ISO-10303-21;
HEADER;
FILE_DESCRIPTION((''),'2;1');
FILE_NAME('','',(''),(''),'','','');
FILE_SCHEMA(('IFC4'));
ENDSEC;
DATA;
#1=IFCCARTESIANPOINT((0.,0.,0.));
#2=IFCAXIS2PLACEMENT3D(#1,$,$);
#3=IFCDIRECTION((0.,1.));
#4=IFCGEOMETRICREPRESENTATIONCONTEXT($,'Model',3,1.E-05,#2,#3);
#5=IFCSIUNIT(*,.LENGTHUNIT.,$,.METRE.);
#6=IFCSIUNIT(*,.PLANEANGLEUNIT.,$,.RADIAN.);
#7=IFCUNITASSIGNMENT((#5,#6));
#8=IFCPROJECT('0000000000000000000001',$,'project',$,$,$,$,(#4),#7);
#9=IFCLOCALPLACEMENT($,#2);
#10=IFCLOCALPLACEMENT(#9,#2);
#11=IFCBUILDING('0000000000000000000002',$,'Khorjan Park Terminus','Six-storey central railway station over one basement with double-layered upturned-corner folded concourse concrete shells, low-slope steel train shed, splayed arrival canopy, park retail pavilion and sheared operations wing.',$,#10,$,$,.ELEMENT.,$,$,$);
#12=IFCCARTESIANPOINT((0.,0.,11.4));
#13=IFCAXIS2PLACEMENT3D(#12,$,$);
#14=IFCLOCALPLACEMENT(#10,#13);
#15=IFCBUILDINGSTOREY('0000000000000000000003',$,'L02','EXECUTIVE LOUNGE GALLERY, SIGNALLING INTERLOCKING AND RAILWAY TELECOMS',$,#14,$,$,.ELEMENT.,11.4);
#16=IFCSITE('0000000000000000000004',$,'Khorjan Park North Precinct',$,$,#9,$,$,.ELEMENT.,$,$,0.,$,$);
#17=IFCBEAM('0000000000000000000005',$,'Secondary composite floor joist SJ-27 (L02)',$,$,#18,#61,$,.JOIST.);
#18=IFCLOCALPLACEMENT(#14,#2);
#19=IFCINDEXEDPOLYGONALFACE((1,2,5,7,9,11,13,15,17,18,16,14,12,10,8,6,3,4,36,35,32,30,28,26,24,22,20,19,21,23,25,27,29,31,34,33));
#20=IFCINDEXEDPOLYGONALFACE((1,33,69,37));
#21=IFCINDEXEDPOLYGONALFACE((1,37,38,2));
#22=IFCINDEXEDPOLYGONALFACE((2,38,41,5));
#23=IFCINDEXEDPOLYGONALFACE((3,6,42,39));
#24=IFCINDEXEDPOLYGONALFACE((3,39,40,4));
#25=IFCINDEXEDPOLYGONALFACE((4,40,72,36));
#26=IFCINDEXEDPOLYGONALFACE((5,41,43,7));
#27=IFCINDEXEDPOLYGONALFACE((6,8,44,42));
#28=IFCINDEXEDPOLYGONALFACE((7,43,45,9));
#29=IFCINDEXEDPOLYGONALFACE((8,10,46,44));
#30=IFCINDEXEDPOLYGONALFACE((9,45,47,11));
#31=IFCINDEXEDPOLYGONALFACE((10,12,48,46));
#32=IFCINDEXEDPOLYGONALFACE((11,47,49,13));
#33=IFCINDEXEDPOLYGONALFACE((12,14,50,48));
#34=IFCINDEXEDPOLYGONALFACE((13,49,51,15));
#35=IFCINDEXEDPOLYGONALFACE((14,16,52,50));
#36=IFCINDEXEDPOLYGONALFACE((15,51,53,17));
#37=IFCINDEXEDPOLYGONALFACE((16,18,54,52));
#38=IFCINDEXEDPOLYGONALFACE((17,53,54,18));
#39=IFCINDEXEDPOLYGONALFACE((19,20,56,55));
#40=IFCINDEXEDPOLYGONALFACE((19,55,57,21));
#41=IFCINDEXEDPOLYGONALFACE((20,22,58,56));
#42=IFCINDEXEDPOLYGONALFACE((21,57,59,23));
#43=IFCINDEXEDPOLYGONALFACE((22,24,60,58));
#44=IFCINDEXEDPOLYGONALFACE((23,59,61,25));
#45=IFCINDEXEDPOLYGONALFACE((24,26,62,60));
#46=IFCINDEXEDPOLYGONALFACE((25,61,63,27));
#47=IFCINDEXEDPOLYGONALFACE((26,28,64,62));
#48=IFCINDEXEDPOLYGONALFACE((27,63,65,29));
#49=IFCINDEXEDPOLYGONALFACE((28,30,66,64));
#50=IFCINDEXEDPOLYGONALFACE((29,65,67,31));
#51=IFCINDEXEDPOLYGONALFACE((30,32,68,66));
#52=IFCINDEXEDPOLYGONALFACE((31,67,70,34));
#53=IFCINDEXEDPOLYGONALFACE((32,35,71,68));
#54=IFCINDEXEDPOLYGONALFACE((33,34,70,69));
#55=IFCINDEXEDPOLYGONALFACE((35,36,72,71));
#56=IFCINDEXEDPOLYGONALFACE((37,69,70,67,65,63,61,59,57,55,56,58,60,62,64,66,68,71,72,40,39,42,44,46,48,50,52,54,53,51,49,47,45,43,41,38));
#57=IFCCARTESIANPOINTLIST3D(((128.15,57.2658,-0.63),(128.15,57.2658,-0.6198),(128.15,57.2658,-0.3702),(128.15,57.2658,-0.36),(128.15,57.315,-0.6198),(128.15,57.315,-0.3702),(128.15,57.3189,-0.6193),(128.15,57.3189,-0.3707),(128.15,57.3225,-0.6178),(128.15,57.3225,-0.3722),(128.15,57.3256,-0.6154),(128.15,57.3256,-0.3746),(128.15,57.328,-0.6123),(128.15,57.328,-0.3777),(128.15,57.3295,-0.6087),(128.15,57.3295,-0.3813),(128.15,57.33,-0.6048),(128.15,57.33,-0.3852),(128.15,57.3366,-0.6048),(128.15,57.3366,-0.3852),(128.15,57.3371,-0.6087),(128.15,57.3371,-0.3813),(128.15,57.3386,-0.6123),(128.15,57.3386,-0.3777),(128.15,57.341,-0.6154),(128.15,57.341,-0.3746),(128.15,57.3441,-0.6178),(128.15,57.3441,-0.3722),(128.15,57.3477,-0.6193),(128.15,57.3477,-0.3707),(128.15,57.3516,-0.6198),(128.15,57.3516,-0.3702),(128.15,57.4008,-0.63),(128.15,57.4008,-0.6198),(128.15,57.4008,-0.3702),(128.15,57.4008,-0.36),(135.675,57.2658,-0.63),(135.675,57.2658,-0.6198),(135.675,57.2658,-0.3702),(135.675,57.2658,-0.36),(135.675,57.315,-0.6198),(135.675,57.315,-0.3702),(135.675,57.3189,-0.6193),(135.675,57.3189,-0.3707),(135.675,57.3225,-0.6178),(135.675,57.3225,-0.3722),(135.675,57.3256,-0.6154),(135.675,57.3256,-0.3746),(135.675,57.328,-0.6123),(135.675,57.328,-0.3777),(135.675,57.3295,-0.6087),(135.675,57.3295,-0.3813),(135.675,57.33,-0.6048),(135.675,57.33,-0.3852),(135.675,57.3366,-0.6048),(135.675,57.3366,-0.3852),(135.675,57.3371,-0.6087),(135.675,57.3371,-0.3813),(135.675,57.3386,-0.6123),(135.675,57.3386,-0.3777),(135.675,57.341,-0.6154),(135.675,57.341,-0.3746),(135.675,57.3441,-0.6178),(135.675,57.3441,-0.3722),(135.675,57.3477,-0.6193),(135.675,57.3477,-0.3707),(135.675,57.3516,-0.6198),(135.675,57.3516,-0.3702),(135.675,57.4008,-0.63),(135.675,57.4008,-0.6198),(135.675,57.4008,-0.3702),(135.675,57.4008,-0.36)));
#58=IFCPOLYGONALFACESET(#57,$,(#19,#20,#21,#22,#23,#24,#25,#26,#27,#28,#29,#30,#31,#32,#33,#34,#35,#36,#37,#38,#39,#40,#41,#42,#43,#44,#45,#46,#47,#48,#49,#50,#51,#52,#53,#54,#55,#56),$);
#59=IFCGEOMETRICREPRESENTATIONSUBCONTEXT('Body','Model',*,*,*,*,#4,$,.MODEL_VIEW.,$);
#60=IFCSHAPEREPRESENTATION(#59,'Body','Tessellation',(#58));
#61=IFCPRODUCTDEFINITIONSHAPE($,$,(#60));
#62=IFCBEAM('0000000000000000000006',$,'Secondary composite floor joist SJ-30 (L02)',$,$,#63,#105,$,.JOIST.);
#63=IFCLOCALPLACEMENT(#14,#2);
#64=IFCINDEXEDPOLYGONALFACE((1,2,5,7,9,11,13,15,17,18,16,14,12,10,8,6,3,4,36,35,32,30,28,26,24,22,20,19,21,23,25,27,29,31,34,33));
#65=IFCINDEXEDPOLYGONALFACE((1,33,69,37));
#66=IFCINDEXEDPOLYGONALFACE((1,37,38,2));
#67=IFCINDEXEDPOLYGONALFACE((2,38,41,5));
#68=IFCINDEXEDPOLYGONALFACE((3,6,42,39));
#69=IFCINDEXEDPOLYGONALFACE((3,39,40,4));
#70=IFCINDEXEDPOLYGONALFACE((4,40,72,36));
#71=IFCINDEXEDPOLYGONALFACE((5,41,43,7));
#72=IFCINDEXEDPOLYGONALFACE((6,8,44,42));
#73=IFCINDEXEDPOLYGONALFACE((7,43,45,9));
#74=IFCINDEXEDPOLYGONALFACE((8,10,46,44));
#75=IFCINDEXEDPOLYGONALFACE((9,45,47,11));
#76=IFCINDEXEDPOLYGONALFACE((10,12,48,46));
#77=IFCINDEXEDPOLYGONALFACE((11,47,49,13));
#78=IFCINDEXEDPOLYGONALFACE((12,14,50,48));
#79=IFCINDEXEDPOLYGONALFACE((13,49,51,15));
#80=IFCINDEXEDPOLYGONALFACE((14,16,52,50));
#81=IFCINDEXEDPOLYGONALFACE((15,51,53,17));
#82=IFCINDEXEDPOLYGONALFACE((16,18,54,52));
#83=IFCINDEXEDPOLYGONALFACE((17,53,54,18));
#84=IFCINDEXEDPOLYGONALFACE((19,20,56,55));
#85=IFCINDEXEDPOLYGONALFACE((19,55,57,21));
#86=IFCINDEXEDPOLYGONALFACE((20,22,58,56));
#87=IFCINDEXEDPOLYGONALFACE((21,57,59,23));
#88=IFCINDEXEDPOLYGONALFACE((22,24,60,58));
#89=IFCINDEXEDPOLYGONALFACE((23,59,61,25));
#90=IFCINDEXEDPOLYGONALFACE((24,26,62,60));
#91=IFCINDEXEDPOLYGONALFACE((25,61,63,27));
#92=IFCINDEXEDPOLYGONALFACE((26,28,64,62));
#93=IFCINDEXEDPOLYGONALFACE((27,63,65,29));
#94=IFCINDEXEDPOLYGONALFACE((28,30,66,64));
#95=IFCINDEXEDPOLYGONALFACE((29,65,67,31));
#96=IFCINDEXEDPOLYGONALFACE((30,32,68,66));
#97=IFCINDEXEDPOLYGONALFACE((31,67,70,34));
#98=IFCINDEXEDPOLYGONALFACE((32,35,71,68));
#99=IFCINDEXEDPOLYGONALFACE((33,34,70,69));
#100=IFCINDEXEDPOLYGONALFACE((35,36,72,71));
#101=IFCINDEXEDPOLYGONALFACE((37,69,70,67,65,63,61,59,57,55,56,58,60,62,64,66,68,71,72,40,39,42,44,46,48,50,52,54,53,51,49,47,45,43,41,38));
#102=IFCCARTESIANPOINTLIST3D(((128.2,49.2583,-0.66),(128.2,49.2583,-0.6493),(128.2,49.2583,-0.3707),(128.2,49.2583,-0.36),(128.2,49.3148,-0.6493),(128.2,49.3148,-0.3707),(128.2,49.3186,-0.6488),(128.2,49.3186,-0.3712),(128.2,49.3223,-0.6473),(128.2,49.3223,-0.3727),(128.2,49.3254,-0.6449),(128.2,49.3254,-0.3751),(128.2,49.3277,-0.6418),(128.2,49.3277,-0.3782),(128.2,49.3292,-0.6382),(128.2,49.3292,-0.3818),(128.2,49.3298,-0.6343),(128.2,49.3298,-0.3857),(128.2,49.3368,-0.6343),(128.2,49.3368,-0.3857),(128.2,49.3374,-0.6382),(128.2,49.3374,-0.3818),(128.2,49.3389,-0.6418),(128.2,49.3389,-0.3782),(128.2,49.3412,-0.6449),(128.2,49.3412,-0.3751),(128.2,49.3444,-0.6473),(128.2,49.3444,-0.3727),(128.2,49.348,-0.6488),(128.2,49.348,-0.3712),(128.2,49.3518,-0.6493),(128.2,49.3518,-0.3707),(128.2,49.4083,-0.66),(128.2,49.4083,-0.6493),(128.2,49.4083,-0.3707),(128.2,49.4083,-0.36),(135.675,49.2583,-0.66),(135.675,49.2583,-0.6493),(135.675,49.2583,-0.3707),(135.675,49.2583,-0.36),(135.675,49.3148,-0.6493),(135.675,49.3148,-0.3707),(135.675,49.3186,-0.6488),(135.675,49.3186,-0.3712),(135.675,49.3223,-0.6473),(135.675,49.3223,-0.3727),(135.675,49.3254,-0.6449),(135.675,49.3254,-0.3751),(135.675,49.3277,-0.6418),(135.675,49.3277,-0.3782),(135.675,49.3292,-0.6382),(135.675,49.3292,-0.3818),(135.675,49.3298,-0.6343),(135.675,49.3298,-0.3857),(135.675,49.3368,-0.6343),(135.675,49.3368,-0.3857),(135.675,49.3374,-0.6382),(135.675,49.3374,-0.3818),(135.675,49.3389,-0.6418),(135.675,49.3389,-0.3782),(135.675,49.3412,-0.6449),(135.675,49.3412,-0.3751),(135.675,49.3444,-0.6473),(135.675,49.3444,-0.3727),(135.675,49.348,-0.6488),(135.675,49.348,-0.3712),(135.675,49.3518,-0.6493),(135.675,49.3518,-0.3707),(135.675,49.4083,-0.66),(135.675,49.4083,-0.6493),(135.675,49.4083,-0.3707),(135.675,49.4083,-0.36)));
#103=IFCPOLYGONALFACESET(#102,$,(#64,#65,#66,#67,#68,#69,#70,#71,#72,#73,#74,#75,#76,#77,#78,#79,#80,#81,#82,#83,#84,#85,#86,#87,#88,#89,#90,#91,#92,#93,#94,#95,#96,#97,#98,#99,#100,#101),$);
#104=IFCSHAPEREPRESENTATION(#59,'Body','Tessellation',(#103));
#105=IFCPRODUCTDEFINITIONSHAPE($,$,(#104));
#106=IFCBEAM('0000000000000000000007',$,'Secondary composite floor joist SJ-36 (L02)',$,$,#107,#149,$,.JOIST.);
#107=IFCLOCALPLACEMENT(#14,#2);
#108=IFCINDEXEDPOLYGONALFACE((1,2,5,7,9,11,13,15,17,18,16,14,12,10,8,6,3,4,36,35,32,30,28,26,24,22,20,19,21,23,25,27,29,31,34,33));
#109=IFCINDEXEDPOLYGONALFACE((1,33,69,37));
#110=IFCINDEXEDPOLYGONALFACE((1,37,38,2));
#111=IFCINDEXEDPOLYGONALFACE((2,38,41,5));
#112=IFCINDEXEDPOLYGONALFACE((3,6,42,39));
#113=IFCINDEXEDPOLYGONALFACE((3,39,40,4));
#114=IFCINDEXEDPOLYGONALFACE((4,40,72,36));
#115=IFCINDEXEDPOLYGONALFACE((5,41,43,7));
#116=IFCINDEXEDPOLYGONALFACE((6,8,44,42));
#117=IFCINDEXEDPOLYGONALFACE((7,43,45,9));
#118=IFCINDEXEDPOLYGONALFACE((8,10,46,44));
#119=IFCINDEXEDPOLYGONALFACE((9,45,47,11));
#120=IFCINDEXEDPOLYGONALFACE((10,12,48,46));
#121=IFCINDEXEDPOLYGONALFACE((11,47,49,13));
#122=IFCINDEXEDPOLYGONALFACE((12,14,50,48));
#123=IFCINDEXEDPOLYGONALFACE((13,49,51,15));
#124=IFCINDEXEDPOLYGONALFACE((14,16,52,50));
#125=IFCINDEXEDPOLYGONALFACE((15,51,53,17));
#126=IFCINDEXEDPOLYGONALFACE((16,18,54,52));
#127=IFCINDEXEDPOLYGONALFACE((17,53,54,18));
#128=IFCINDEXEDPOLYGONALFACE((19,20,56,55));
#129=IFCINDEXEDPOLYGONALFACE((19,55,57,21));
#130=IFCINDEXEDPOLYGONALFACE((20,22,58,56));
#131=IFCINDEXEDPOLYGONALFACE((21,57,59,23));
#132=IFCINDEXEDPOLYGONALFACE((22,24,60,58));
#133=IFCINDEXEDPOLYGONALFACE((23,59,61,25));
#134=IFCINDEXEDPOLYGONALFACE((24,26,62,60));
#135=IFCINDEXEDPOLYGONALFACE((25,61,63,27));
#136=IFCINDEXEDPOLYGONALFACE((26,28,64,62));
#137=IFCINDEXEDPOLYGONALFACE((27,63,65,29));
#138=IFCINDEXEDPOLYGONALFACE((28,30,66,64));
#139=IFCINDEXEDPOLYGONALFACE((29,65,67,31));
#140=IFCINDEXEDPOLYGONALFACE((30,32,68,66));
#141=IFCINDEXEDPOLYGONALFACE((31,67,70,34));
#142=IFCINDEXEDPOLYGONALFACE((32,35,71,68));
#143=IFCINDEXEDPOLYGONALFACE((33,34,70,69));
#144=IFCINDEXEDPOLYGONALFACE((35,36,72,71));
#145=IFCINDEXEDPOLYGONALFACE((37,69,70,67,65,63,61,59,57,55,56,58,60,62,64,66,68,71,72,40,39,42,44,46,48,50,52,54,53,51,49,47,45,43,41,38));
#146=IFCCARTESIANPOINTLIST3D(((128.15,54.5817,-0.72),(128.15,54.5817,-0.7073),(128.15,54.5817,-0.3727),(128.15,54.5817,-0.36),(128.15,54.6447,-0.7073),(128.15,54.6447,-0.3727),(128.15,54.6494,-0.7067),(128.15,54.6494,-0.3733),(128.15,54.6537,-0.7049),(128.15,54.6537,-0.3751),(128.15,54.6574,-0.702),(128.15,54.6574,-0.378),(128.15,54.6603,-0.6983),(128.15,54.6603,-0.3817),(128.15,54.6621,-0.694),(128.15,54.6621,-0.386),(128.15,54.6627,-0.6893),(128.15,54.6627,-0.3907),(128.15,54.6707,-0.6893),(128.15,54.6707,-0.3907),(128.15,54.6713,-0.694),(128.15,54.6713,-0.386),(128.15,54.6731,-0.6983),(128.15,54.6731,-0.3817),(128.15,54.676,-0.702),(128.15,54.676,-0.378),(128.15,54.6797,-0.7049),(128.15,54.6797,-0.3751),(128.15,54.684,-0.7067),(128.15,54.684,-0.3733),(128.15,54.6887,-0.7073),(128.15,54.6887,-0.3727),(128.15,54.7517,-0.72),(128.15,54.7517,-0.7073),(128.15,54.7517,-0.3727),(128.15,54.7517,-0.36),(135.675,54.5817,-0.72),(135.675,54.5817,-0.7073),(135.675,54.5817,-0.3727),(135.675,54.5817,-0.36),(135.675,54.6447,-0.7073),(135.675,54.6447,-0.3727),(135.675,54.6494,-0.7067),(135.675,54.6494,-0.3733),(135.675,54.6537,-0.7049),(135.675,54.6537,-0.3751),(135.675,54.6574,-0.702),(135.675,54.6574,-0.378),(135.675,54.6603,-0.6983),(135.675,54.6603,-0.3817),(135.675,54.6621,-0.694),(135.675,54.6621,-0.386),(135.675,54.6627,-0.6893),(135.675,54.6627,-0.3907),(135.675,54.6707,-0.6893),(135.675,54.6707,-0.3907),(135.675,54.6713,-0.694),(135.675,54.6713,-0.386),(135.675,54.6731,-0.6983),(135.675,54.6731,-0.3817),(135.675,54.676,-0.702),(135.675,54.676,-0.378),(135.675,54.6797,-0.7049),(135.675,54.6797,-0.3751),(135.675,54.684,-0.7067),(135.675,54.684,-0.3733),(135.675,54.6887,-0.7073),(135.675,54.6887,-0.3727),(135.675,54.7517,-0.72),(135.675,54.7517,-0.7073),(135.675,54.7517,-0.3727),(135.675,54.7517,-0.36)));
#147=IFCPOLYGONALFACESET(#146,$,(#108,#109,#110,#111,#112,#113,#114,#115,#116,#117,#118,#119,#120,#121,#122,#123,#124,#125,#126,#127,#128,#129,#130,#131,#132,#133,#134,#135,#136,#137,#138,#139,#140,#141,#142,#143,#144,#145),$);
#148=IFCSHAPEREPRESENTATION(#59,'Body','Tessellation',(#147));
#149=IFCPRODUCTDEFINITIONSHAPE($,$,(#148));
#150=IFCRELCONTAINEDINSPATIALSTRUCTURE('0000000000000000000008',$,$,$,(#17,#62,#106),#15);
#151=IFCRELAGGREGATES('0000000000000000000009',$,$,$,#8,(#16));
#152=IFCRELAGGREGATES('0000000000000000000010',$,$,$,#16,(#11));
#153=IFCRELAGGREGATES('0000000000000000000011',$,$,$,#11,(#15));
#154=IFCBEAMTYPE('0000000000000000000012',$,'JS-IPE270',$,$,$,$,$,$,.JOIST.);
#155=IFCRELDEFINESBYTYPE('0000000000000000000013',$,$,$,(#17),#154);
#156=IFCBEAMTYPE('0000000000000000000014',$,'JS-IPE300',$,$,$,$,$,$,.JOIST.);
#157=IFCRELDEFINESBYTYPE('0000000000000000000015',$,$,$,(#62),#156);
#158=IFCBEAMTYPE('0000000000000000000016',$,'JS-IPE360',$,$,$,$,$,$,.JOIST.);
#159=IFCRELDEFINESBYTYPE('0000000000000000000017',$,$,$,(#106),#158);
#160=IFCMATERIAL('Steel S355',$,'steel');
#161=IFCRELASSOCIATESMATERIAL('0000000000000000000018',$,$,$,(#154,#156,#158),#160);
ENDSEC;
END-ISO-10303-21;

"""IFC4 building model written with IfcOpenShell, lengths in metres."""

from ifc_helpers import new_model, si_unit, direction, frame, origin, origin_2d, place, context, subcontext, project, spatial, i_section, extrude, material, material_profile, profile_set, type_object, element, save


model = new_model("IFC4")

# Units and contexts
model_context = context("Model", 3, precision=1e-05, world=origin(), true_north=direction((0.0, 1.0)))
body_context = subcontext(model_context, "Body", "Model", "MODEL_VIEW")
ifc_project = project(units=[si_unit("LENGTHUNIT", "METRE"), si_unit("PLANEANGLEUNIT", "RADIAN")], contexts=[model_context])

# Site, building, storey
site_placement = place(None, origin())
site = spatial("IfcSite", under=ifc_project, at=site_placement, Name="Khorjan Park North Precinct", CompositionType="ELEMENT", RefElevation=0.0)
building_placement = place(site_placement, origin())
building = spatial("IfcBuilding", under=site, at=building_placement, Name="Khorjan Park Terminus", Description="Six-storey central railway station over one basement with double-layered upturned-corner folded concourse concrete shells, low-slope steel train shed, splayed arrival canopy, park retail pavilion and sheared operations wing.", CompositionType="ELEMENT")
storey_placement = place(building_placement, frame((0.0, 0.0, 11.4)))
storey = spatial("IfcBuildingStorey", under=building, at=storey_placement, Name="L02", Description="EXECUTIVE LOUNGE GALLERY, SIGNALLING INTERLOCKING AND RAILWAY TELECOMS", CompositionType="ELEMENT", Elevation=11.4)

# Beams
ifc_material_1 = material(Name="Steel S355", Category="steel")
ifc_material_profile_1 = material_profile(ifc_material_1, i_section(OverallWidth=0.135, OverallDepth=0.27, WebThickness=0.0066, FlangeThickness=0.0102, FilletRadius=0.015, at=origin_2d()), Name="IPE 270")
ifc_profile_set_1 = profile_set([ifc_material_profile_1], Name="Steel S355")
beam_type_1 = type_object("IfcBeamType", Name="JS-IPE270", PredefinedType="JOIST", material=ifc_profile_set_1)
beam_1_placement = place(storey_placement, frame((128.15, 57.3333, -0.495), z_axis=(1.0, 0.0, 0.0), x_axis=(0.0, 1.0, 0.0)))
element("IfcBeam", 1, at=beam_1_placement, inside=storey, type_object=beam_type_1, Name="Secondary composite floor joist SJ-27 (L02)", PredefinedType="JOIST", context=body_context, shape_type="SweptSolid", body=[
    extrude(i_section(OverallWidth=0.135, OverallDepth=0.27, WebThickness=0.0066, FlangeThickness=0.0102, FilletRadius=0.015, at=origin_2d()), origin(), (0.0, 0.0, 1.0), 7.525),
])
ifc_material_profile_2 = material_profile(ifc_material_1, i_section(OverallWidth=0.15, OverallDepth=0.3, WebThickness=0.0071, FlangeThickness=0.0107, FilletRadius=0.015, at=origin_2d()), Name="IPE 300")
ifc_profile_set_2 = profile_set([ifc_material_profile_2], Name="Steel S355")
beam_type_2 = type_object("IfcBeamType", Name="JS-IPE300", PredefinedType="JOIST", material=ifc_profile_set_2)
beam_2_placement = place(storey_placement, frame((128.2, 49.3333, -0.51), z_axis=(1.0, 0.0, 0.0), x_axis=(0.0, 1.0, 0.0)))
element("IfcBeam", 2, at=beam_2_placement, inside=storey, type_object=beam_type_2, Name="Secondary composite floor joist SJ-30 (L02)", PredefinedType="JOIST", context=body_context, shape_type="SweptSolid", body=[
    extrude(i_section(OverallWidth=0.15, OverallDepth=0.3, WebThickness=0.0071, FlangeThickness=0.0107, FilletRadius=0.015, at=origin_2d()), origin(), (0.0, 0.0, 1.0), 7.475),
])
ifc_material_profile_3 = material_profile(ifc_material_1, i_section(OverallWidth=0.17, OverallDepth=0.36, WebThickness=0.008, FlangeThickness=0.0127, FilletRadius=0.018, at=origin_2d()), Name="IPE 360")
ifc_profile_set_3 = profile_set([ifc_material_profile_3], Name="Steel S355")
beam_type_3 = type_object("IfcBeamType", Name="JS-IPE360", PredefinedType="JOIST", material=ifc_profile_set_3)
beam_3_placement = place(storey_placement, frame((128.15, 54.6667, -0.54), z_axis=(1.0, 0.0, 0.0), x_axis=(0.0, 1.0, 0.0)))
element("IfcBeam", 3, at=beam_3_placement, inside=storey, type_object=beam_type_3, Name="Secondary composite floor joist SJ-36 (L02)", PredefinedType="JOIST", context=body_context, shape_type="SweptSolid", body=[
    extrude(i_section(OverallWidth=0.17, OverallDepth=0.36, WebThickness=0.008, FlangeThickness=0.0127, FilletRadius=0.018, at=origin_2d()), origin(), (0.0, 0.0, 1.0), 7.525),
])

save(model, "model.ifc")
